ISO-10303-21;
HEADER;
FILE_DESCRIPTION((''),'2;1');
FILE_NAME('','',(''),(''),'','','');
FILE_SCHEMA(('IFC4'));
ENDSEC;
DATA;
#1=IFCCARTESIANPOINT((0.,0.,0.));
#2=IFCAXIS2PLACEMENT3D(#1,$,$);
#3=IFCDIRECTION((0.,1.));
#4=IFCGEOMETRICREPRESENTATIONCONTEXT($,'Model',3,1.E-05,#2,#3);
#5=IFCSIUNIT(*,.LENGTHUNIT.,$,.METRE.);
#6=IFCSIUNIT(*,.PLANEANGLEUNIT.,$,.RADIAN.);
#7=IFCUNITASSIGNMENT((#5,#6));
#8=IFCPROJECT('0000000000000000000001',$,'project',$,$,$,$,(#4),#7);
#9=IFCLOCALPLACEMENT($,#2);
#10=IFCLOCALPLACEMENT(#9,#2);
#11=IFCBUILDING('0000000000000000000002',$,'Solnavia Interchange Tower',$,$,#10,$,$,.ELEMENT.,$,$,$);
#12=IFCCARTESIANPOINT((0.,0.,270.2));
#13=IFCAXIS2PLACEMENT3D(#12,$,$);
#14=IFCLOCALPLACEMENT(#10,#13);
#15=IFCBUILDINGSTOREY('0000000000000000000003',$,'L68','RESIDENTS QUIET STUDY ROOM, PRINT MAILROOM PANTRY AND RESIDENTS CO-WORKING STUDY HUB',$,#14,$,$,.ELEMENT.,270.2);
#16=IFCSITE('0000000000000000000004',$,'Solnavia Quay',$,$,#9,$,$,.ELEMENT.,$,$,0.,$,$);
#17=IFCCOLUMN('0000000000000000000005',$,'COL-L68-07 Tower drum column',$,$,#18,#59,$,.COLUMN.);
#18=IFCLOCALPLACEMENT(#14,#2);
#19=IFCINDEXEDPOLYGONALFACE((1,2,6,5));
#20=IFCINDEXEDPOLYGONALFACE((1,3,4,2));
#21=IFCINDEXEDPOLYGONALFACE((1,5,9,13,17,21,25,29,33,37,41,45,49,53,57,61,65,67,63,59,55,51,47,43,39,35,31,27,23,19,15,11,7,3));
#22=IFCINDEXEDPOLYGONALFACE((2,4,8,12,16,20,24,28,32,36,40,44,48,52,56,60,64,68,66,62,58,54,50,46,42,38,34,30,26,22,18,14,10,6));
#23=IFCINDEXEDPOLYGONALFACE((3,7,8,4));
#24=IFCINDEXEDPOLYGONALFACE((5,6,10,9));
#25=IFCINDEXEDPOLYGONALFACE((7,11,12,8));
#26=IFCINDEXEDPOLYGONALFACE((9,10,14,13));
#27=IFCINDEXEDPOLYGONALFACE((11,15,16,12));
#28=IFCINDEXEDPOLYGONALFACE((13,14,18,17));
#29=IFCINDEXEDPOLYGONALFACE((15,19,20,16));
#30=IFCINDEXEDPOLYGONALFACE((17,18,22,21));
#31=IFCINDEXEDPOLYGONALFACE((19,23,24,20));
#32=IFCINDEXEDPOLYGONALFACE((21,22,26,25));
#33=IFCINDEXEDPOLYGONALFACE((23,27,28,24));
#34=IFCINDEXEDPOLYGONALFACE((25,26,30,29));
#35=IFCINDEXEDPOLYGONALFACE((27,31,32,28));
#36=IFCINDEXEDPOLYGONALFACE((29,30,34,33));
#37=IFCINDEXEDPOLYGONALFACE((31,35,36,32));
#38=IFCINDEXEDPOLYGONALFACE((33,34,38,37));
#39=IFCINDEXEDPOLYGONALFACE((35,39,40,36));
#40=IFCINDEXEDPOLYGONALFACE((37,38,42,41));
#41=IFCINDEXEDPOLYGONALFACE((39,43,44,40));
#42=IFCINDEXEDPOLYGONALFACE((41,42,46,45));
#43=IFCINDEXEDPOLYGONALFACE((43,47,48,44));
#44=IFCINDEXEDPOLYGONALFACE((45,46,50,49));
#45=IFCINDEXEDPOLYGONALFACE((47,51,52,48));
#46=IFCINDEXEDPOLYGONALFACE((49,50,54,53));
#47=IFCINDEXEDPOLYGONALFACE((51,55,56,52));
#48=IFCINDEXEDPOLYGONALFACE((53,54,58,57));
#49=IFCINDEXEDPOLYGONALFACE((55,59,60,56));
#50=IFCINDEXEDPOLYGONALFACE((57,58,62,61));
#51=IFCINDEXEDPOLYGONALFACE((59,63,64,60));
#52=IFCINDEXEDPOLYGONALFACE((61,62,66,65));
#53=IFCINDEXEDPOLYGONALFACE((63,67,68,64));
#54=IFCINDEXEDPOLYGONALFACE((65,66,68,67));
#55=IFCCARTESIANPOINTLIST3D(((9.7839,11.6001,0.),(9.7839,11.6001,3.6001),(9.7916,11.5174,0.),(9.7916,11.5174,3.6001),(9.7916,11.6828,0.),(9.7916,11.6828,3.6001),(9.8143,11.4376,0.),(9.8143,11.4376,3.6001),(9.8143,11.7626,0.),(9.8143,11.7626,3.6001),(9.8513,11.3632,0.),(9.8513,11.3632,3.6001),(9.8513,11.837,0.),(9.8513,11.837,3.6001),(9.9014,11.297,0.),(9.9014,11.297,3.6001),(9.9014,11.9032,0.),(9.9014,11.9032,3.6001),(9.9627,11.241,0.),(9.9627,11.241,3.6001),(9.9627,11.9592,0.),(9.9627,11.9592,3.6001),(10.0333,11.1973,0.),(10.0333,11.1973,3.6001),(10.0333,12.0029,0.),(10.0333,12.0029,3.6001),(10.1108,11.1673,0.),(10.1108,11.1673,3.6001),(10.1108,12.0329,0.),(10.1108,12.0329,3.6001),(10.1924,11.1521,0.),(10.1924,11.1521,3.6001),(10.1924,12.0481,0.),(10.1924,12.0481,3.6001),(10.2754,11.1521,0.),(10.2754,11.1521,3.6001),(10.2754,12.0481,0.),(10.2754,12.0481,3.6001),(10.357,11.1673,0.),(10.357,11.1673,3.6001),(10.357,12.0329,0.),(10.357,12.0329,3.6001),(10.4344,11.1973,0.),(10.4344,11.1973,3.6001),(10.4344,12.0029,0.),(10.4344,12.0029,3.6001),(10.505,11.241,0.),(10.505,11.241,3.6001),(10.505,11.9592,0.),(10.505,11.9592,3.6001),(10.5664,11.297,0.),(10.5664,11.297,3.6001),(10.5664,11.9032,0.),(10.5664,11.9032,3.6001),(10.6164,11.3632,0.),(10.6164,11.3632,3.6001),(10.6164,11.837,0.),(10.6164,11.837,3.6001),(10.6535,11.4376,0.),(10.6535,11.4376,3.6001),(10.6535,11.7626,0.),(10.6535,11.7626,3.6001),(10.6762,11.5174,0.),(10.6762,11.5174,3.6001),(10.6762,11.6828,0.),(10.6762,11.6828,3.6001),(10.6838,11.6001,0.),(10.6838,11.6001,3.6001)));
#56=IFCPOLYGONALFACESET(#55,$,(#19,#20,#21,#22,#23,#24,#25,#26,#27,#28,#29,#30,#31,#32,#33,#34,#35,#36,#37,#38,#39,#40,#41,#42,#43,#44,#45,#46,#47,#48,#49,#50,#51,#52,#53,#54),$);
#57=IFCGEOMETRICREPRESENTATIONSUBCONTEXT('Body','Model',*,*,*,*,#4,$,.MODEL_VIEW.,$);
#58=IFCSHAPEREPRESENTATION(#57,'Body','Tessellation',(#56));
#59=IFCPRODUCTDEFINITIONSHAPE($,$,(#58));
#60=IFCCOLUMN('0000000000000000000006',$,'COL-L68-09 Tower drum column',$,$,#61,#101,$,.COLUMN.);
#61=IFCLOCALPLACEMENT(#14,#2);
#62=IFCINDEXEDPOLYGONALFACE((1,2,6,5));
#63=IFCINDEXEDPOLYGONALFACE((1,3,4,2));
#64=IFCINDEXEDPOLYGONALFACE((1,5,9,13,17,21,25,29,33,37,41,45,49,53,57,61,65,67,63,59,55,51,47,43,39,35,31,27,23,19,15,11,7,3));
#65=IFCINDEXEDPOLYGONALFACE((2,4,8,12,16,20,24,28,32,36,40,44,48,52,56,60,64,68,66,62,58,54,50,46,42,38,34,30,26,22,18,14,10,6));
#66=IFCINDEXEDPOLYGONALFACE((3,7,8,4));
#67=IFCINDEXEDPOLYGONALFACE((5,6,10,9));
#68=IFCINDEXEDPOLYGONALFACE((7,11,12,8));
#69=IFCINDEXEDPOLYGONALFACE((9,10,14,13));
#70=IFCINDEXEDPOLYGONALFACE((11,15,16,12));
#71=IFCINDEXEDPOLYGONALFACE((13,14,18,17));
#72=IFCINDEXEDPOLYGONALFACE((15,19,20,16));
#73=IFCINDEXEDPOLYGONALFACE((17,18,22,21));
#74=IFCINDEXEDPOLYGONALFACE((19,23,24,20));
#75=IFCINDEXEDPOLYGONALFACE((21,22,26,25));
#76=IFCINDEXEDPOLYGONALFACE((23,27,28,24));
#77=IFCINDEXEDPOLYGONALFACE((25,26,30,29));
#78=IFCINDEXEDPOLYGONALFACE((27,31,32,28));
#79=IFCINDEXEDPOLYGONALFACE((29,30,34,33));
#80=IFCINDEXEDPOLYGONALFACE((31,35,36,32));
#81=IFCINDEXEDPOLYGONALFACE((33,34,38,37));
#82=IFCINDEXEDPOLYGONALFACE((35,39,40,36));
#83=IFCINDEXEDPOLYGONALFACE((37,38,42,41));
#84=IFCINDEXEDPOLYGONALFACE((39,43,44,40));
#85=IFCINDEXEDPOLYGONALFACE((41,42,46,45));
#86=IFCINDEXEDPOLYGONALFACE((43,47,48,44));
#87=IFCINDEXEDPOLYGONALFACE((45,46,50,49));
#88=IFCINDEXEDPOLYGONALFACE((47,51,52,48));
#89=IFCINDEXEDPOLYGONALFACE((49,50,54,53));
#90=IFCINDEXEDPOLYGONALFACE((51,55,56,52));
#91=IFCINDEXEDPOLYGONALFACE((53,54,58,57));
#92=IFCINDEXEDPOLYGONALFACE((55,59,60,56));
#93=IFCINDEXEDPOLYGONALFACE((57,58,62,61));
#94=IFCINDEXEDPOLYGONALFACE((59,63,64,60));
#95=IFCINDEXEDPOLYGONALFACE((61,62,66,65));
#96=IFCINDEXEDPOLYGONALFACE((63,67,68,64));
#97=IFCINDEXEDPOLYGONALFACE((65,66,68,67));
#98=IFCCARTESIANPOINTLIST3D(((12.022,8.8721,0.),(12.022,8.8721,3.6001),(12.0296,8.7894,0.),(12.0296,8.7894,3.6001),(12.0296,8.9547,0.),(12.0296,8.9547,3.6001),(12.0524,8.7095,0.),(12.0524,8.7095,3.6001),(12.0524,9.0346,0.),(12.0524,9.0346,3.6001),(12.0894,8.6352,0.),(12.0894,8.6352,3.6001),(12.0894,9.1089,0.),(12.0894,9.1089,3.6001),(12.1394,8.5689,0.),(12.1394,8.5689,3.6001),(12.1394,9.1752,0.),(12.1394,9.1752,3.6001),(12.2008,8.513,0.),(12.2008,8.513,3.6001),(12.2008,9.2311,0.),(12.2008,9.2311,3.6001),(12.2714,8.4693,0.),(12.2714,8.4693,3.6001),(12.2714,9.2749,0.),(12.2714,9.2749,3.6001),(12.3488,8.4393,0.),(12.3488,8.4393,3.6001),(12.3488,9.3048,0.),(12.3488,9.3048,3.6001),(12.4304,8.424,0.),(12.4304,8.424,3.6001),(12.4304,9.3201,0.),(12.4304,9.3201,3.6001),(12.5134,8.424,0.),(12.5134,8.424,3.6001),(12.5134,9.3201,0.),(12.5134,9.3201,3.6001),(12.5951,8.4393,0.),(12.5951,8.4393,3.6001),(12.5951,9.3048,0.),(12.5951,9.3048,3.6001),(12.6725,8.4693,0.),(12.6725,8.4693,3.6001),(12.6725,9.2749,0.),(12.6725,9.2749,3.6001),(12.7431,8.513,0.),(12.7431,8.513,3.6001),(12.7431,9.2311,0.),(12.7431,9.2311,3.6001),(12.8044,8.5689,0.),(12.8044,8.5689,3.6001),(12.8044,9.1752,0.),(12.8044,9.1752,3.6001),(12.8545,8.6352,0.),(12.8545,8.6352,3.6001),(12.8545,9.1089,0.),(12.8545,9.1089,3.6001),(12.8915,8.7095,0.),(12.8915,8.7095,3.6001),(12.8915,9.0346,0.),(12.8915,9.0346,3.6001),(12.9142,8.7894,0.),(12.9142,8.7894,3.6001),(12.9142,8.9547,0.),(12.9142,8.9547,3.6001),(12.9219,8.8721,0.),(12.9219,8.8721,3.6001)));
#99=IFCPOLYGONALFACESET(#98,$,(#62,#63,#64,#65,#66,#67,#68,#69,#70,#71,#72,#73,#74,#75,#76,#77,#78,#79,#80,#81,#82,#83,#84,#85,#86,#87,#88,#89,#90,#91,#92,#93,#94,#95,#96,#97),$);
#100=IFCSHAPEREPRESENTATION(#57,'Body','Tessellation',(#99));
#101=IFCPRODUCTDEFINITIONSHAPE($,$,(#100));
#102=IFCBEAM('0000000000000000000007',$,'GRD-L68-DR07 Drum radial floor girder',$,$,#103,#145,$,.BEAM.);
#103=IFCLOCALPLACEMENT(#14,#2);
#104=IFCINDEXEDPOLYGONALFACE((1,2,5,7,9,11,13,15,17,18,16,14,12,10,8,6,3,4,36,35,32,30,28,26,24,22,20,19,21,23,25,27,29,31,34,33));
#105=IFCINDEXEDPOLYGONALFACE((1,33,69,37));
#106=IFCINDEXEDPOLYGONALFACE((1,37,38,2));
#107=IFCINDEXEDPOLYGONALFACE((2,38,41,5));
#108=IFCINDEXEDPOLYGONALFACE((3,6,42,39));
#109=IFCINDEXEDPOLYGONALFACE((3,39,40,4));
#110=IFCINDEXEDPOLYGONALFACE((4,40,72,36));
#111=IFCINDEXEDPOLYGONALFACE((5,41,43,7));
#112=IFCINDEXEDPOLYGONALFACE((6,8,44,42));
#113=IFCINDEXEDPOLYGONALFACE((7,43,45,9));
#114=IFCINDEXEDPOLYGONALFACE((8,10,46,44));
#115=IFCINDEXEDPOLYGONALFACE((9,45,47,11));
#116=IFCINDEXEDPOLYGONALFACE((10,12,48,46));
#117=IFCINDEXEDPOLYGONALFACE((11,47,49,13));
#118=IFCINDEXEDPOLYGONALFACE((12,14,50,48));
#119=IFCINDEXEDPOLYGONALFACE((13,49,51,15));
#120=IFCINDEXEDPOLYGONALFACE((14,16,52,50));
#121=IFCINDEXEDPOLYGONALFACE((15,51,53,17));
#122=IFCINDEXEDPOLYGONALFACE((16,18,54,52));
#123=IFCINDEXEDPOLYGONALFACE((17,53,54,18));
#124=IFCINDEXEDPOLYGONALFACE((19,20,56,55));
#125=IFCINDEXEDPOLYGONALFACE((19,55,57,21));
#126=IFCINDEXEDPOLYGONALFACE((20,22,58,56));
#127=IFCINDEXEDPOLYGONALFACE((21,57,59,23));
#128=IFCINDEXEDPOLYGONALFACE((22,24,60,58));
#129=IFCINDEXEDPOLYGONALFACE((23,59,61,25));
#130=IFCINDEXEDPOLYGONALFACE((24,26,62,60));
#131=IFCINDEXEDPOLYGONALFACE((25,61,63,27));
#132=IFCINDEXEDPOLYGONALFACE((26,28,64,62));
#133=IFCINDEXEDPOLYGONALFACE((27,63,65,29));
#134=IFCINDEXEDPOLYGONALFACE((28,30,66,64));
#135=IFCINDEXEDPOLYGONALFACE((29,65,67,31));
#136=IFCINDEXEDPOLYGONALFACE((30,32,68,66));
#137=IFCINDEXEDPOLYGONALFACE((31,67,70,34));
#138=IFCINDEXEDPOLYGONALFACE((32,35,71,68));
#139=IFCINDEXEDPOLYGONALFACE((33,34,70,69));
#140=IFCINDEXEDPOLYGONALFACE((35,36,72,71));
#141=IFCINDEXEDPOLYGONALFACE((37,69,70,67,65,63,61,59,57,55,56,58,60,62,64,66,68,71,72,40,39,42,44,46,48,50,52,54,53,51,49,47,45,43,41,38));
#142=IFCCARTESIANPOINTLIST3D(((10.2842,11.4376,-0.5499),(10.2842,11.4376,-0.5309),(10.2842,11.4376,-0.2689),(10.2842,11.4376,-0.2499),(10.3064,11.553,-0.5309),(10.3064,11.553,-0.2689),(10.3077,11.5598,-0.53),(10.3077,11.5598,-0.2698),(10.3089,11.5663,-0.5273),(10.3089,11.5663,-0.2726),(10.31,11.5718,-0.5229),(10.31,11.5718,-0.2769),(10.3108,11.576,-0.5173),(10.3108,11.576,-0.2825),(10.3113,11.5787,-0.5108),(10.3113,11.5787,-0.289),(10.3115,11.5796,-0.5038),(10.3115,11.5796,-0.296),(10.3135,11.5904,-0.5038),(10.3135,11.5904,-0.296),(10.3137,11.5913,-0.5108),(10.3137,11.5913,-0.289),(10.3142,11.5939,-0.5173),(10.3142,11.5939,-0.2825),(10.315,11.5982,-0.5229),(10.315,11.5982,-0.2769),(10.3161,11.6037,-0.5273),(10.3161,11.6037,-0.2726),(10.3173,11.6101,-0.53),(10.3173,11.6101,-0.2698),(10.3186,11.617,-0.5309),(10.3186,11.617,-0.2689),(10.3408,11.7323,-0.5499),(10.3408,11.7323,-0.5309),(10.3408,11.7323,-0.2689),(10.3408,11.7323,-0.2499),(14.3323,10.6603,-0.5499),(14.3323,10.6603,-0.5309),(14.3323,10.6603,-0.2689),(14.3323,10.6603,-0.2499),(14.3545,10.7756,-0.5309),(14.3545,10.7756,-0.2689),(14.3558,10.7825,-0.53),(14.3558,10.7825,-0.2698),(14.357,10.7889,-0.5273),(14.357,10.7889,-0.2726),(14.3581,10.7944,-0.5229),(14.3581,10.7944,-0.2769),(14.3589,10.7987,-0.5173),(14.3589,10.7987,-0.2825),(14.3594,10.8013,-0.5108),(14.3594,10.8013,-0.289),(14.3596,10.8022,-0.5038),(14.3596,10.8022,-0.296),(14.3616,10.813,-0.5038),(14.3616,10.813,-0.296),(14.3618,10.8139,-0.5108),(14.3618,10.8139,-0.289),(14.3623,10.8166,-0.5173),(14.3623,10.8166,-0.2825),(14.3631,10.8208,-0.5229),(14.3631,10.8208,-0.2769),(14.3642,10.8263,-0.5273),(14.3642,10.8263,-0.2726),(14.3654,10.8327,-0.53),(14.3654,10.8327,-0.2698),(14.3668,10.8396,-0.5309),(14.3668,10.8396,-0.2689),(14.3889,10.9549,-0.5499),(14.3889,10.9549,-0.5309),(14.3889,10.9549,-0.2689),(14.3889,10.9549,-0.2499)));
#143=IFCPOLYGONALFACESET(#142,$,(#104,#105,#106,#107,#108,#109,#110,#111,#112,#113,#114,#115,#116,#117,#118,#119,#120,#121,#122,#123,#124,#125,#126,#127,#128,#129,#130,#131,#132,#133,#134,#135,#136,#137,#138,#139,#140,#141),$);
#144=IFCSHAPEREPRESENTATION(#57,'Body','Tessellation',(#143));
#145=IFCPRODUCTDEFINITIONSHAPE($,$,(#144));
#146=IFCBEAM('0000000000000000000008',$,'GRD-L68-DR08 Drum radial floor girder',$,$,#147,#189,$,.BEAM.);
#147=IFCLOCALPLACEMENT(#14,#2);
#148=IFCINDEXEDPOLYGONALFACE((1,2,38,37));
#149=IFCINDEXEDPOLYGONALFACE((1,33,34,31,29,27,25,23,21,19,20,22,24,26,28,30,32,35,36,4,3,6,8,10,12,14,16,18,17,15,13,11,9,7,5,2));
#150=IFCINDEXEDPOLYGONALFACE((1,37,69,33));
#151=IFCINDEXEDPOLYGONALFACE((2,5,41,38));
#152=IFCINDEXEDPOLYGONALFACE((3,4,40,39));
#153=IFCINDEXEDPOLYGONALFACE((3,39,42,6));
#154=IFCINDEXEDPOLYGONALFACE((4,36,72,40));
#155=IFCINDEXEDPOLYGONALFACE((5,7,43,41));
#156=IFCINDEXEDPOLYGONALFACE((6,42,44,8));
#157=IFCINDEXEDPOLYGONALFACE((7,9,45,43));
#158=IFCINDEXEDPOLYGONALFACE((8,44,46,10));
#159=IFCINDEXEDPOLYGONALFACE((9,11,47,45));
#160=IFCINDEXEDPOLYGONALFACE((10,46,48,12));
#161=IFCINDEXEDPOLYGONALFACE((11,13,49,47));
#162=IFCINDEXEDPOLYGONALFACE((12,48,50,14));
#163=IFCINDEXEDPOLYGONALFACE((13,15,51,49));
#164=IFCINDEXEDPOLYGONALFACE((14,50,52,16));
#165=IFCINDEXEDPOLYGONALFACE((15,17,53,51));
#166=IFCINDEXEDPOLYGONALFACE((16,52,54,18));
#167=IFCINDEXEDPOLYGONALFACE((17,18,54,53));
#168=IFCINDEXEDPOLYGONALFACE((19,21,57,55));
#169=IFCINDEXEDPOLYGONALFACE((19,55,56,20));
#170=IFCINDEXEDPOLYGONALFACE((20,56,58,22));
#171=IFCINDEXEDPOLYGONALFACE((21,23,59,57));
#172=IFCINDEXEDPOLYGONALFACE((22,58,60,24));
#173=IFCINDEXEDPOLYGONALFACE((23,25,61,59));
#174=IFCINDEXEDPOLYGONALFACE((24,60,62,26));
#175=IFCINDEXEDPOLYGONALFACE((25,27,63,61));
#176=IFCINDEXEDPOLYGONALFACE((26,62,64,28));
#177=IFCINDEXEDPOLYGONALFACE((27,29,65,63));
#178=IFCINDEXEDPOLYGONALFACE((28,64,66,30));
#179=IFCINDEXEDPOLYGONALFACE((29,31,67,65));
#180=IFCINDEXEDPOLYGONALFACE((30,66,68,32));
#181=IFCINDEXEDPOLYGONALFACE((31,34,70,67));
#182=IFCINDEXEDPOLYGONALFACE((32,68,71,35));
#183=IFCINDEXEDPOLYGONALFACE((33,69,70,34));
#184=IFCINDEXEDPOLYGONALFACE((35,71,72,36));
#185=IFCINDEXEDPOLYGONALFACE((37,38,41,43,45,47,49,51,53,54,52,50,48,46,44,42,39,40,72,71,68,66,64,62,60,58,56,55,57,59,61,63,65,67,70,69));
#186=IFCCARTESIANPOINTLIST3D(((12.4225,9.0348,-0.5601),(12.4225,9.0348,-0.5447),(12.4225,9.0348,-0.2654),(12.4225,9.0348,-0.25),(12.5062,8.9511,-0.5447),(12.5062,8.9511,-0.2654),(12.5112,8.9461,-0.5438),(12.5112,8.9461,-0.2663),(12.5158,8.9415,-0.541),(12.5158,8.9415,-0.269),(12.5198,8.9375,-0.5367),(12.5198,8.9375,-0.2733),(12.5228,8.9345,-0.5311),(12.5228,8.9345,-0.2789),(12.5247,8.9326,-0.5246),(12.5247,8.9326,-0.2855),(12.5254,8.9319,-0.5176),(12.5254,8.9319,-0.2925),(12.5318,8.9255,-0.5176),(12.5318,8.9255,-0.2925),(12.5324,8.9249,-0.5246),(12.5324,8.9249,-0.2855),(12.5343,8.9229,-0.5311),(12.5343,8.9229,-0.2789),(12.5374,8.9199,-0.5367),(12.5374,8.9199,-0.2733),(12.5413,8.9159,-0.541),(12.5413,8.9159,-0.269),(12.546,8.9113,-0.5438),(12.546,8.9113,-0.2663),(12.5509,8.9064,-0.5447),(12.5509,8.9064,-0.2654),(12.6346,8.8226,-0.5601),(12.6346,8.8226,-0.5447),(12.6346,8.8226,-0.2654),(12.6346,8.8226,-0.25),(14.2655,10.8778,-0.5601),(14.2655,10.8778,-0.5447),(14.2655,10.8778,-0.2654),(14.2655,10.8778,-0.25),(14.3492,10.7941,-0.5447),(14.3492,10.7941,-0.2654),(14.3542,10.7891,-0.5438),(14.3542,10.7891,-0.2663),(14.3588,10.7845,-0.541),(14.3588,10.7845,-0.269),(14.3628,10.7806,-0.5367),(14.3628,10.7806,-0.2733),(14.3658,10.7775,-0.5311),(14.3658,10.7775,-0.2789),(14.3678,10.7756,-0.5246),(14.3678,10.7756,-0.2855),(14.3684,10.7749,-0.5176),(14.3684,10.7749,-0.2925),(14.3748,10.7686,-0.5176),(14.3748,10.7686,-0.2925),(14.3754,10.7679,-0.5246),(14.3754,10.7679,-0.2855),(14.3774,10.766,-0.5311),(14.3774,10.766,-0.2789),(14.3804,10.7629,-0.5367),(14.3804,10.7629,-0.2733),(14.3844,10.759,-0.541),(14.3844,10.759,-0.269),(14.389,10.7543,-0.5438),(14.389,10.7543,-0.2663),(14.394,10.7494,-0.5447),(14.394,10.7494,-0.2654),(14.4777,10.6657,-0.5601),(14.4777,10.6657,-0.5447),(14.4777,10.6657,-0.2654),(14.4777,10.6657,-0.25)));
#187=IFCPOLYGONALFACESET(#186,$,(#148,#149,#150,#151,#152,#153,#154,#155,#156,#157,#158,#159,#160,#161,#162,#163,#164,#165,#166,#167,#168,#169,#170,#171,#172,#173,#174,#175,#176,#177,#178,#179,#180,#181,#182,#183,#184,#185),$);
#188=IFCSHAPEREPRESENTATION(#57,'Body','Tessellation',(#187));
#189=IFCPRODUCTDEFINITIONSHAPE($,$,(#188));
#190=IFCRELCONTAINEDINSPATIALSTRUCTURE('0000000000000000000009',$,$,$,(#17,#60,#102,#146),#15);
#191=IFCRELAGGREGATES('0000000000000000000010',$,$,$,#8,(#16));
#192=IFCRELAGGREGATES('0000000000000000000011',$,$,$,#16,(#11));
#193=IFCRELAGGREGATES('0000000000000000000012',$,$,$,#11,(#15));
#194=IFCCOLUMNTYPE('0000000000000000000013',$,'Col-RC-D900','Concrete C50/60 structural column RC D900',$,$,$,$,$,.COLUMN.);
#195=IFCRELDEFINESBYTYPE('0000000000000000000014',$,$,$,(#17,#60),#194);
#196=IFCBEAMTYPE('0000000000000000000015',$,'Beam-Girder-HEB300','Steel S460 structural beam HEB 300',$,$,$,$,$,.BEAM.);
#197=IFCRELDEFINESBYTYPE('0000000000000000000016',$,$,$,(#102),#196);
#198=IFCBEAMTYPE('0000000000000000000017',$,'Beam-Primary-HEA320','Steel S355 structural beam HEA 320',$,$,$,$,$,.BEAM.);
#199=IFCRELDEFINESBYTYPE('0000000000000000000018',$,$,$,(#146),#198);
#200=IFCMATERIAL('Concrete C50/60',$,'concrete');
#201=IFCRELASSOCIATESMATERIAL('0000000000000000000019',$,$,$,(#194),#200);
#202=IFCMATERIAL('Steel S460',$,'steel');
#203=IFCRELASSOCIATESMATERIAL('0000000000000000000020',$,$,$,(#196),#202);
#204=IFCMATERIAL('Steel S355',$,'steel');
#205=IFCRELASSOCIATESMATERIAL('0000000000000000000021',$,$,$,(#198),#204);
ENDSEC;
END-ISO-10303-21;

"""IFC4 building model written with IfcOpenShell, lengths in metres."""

from ifc_helpers import new_model, si_unit, direction, frame, origin, origin_2d, place, context, subcontext, project, spatial, circle, i_section, extrude, material, material_profile, profile_set, type_object, element, save


model = new_model("IFC4")

# Units and contexts
model_context = context("Model", 3, precision=1e-05, world=origin(), true_north=direction((0.0, 1.0)))
body_context = subcontext(model_context, "Body", "Model", "MODEL_VIEW")
ifc_project = project(units=[si_unit("LENGTHUNIT", "METRE"), si_unit("PLANEANGLEUNIT", "RADIAN")], contexts=[model_context])

# Site, building, storey
site_placement = place(None, origin())
site = spatial("IfcSite", under=ifc_project, at=site_placement, Name="Solnavia Quay", CompositionType="ELEMENT", RefElevation=0.0)
building_placement = place(site_placement, origin())
building = spatial("IfcBuilding", under=site, at=building_placement, Name="Solnavia Interchange Tower", CompositionType="ELEMENT")
storey_placement = place(building_placement, frame((0.0, 0.0, 270.2)))
storey = spatial("IfcBuildingStorey", under=building, at=storey_placement, Name="L68", Description="RESIDENTS QUIET STUDY ROOM, PRINT MAILROOM PANTRY AND RESIDENTS CO-WORKING STUDY HUB", CompositionType="ELEMENT", Elevation=270.2)

# Columns
ifc_material_1 = material(Name="Concrete C50/60", Category="concrete")
ifc_material_profile_1 = material_profile(ifc_material_1, circle(Radius=0.45, at=origin_2d()), Name="RC D900")
ifc_profile_set_1 = profile_set([ifc_material_profile_1], Name="Concrete C50/60")
column_type = type_object("IfcColumnType", Name="Col-RC-D900", Description="Concrete C50/60 structural column RC D900", PredefinedType="COLUMN", material=ifc_profile_set_1)
for number, where, z_axis, x_axis, name in (
    (1, (10.2339, 11.6001, 0.0), (0.0, 0.0, 1.0), (1.0, 0.0, 0.0), "COL-L68-07 Tower drum column"),
    (2, (12.4719, 8.8721, 0.0), (0.0, 0.0, 1.0), (1.0, 0.0, 0.0), "COL-L68-09 Tower drum column"),
):
    element("IfcColumn", number, at=place(storey_placement, frame(where, z_axis=z_axis, x_axis=x_axis)), inside=storey, type_object=column_type, Name=name, PredefinedType="COLUMN", context=body_context, shape_type="SweptSolid", body=[
        extrude(circle(Radius=0.45, at=origin_2d()), origin(), (0.0, 0.0, 1.0), 3.6001),
    ])

# Beams
ifc_material_2 = material(Name="Steel S460", Category="steel")
ifc_material_profile_2 = material_profile(ifc_material_2, i_section(OverallWidth=0.3, OverallDepth=0.3, WebThickness=0.011, FlangeThickness=0.019, FilletRadius=0.0271, at=origin_2d()), Name="HEB 300")
ifc_profile_set_2 = profile_set([ifc_material_profile_2], Name="Steel S460")
beam_type_1 = type_object("IfcBeamType", Name="Beam-Girder-HEB300", Description="Steel S460 structural beam HEB 300", PredefinedType="BEAM", material=ifc_profile_set_2)
beam_1_placement = place(storey_placement, frame((10.3125, 11.585, -0.3999), z_axis=(0.982058, -0.188582, 0.0), x_axis=(0.188582, 0.982058, 0.0)))
element("IfcBeam", 3, at=beam_1_placement, inside=storey, type_object=beam_type_1, Name="GRD-L68-DR07 Drum radial floor girder", PredefinedType="BEAM", context=body_context, shape_type="SweptSolid", body=[
    extrude(i_section(OverallWidth=0.3, OverallDepth=0.3, WebThickness=0.011, FlangeThickness=0.019, FilletRadius=0.0271, at=origin_2d()), origin(), (0.0, 0.0, 1.0), 4.1221),
])
ifc_material_3 = material(Name="Steel S355", Category="steel")
ifc_material_profile_3 = material_profile(ifc_material_3, i_section(OverallWidth=0.3, OverallDepth=0.3101, WebThickness=0.009, FlangeThickness=0.0154, FilletRadius=0.0271, at=origin_2d()), Name="HEA 320")
ifc_profile_set_3 = profile_set([ifc_material_profile_3], Name="Steel S355")
beam_type_2 = type_object("IfcBeamType", Name="Beam-Primary-HEA320", Description="Steel S355 structural beam HEA 320", PredefinedType="BEAM", material=ifc_profile_set_3)
beam_2_placement = place(storey_placement, frame((12.5286, 8.9287, -0.405), z_axis=(0.707107, 0.707107, 0.0), x_axis=(-0.707107, 0.707107, 0.0)))
element("IfcBeam", 4, at=beam_2_placement, inside=storey, type_object=beam_type_2, Name="GRD-L68-DR08 Drum radial floor girder", PredefinedType="BEAM", context=body_context, shape_type="SweptSolid", body=[
    extrude(i_section(OverallWidth=0.3, OverallDepth=0.3101, WebThickness=0.009, FlangeThickness=0.0154, FilletRadius=0.0271, at=origin_2d()), origin(), (0.0, 0.0, 1.0), 2.6064),
])

save(model, "model.ifc")
